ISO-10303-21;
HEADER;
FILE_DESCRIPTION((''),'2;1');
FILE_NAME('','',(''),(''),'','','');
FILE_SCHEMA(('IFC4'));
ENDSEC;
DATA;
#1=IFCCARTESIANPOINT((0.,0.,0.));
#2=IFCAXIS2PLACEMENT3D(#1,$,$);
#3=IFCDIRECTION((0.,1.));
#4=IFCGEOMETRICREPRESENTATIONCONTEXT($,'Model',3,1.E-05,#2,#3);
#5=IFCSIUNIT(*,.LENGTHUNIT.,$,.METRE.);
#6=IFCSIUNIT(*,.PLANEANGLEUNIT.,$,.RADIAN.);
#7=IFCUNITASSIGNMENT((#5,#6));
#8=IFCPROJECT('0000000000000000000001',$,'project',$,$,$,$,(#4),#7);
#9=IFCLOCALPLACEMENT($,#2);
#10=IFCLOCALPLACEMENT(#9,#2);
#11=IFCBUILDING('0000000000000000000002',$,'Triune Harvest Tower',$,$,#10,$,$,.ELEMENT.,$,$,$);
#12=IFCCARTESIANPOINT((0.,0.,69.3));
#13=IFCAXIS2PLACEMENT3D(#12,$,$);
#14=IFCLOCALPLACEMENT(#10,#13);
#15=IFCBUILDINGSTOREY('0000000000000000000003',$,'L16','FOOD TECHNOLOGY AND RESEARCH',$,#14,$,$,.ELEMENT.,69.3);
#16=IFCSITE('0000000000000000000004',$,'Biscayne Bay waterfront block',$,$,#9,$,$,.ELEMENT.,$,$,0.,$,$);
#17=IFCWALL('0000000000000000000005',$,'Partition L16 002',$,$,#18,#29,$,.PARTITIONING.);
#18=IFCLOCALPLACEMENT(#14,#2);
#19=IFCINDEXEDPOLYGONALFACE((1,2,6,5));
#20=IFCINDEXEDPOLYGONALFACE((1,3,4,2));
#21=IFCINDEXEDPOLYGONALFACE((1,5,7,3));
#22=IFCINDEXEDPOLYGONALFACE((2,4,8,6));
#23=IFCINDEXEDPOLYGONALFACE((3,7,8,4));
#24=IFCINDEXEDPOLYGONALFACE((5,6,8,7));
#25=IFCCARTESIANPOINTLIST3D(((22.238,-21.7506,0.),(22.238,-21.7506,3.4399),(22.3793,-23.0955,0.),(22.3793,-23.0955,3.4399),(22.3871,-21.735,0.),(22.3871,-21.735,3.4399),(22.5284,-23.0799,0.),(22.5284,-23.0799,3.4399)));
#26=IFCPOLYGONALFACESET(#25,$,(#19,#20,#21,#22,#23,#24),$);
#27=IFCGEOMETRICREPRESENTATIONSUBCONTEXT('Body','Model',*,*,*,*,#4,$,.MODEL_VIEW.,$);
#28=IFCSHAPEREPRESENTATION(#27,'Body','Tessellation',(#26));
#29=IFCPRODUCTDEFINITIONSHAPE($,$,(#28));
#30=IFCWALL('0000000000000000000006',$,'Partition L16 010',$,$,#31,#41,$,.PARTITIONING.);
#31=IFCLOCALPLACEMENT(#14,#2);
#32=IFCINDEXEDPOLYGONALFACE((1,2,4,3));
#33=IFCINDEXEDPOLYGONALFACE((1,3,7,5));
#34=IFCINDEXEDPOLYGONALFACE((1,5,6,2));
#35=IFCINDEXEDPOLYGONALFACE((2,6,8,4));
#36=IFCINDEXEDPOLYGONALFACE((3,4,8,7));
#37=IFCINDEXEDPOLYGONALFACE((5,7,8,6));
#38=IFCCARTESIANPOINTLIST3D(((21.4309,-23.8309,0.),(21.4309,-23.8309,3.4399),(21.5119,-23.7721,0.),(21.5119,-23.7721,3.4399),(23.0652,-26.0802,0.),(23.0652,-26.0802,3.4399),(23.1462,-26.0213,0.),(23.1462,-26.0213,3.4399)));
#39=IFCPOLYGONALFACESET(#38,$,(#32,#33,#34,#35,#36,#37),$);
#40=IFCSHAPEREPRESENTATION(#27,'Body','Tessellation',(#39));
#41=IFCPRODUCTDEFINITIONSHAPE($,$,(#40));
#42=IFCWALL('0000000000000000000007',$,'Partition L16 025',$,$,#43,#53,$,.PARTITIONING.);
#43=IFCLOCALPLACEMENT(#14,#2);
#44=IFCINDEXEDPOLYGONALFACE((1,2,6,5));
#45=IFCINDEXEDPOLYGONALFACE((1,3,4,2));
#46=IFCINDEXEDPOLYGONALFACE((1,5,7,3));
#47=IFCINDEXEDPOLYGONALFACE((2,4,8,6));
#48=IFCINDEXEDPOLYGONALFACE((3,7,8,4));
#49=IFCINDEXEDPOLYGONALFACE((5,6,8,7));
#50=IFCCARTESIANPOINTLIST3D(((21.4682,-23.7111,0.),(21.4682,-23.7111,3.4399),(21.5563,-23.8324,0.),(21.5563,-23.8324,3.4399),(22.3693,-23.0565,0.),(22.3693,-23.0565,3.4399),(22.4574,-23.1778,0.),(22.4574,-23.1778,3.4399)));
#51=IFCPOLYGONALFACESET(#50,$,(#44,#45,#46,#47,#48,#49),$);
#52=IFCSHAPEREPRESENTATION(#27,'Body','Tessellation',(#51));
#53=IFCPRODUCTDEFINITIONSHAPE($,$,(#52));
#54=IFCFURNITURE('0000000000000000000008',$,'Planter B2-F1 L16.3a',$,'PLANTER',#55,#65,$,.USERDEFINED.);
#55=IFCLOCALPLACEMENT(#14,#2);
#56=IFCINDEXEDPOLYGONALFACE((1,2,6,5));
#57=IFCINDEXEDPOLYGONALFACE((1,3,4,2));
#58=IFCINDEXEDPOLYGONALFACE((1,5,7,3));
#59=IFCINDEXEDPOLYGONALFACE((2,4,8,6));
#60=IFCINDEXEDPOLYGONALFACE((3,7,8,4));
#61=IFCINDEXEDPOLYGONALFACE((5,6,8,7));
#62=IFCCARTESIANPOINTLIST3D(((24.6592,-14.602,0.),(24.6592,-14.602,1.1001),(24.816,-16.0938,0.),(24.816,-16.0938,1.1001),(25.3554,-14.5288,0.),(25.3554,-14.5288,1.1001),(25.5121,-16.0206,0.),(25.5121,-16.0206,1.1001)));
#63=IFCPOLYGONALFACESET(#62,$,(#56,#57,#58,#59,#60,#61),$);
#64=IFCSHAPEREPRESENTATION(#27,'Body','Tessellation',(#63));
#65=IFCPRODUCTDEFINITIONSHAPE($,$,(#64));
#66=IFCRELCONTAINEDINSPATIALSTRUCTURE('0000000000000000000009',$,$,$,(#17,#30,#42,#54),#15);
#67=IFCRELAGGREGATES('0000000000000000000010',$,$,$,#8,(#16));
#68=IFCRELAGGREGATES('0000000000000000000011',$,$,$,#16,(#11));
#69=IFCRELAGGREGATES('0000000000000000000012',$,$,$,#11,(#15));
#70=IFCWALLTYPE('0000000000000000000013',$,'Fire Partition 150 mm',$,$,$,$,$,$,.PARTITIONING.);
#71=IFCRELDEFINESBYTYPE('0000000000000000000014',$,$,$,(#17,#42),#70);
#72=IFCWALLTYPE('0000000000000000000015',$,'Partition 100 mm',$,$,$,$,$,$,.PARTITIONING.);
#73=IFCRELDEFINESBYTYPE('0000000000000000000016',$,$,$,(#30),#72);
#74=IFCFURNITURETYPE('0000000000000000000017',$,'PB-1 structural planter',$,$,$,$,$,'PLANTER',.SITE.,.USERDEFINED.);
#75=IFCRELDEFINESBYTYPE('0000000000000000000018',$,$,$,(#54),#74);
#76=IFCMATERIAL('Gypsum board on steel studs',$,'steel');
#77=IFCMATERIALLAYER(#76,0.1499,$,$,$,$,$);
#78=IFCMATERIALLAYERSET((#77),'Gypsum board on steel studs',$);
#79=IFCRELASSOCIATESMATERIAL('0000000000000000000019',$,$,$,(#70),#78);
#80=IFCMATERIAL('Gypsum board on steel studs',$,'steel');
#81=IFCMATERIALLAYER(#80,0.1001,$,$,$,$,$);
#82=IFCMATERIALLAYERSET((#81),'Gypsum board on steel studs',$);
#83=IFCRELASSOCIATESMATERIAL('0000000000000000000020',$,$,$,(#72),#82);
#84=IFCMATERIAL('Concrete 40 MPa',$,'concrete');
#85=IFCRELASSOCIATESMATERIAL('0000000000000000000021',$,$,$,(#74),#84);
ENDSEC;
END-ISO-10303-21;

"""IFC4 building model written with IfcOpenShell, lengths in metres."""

from ifc_helpers import new_model, si_unit, direction, frame, frame_2d, origin, origin_2d, place, context, subcontext, project, spatial, rectangle, extrude, source, transform, mapped, material, layer, layer_set, type_object, element, save


model = new_model("IFC4")

# Units and contexts
model_context = context("Model", 3, precision=1e-05, world=origin(), true_north=direction((0.0, 1.0)))
body_context = subcontext(model_context, "Body", "Model", "MODEL_VIEW")
ifc_project = project(units=[si_unit("LENGTHUNIT", "METRE"), si_unit("PLANEANGLEUNIT", "RADIAN")], contexts=[model_context])

# Site, building, storey
site_placement = place(None, origin())
site = spatial("IfcSite", under=ifc_project, at=site_placement, Name="Biscayne Bay waterfront block", CompositionType="ELEMENT", RefElevation=0.0)
building_placement = place(site_placement, origin())
building = spatial("IfcBuilding", under=site, at=building_placement, Name="Triune Harvest Tower", CompositionType="ELEMENT")
storey_placement = place(building_placement, frame((0.0, 0.0, 69.3)))
storey = spatial("IfcBuildingStorey", under=building, at=storey_placement, Name="L16", Description="FOOD TECHNOLOGY AND RESEARCH", CompositionType="ELEMENT", Elevation=69.3)

# Walls
ifc_material_1 = material(Name="Gypsum board on steel studs", Category="steel")
ifc_layer_1 = layer(ifc_material_1, 0.1499)
ifc_layer_set_1 = layer_set([ifc_layer_1], Name="Gypsum board on steel studs")
wall_type_1 = type_object("IfcWallType", Name="Fire Partition 150 mm", PredefinedType="PARTITIONING", material=ifc_layer_set_1)
shared_shape_1 = source(origin(), body_context, "Body", "SweptSolid", [
    extrude(rectangle(XDim=1.3523, YDim=0.1499, at=frame_2d((0.6763, 0.0))), origin(), (0.0, 0.0, 1.0), 3.4399),
])
wall_1_placement = place(storey_placement, frame((22.3125, -21.7427, 0.0), z_axis=(0.0, 0.0, 1.0), x_axis=(0.104525, -0.994522, 0.0)))
element("IfcWall", 1, at=wall_1_placement, inside=storey, type_object=wall_type_1, Name="Partition L16 002", PredefinedType="PARTITIONING", context=body_context, shape_type="MappedRepresentation", body=[
    mapped(shared_shape_1, transform((0.0, 0.0, 0.0), scale=1.0)),
])
ifc_material_2 = material(Name="Gypsum board on steel studs", Category="steel")
ifc_layer_2 = layer(ifc_material_2, 0.1001)
ifc_layer_set_2 = layer_set([ifc_layer_2], Name="Gypsum board on steel studs")
wall_type_2 = type_object("IfcWallType", Name="Partition 100 mm", PredefinedType="PARTITIONING", material=ifc_layer_set_2)
shared_shape_2 = source(origin(), body_context, "Body", "SweptSolid", [
    extrude(rectangle(XDim=2.7803, YDim=0.1001, at=frame_2d((1.3901, 0.0))), origin(), (0.0, 0.0, 1.0), 3.4399),
])
wall_2_placement = place(storey_placement, frame((21.4714, -23.8015, 0.0), z_axis=(0.0, 0.0, 1.0), x_axis=(0.587806, -0.809002, 0.0)))
element("IfcWall", 2, at=wall_2_placement, inside=storey, type_object=wall_type_2, Name="Partition L16 010", PredefinedType="PARTITIONING", context=body_context, shape_type="MappedRepresentation", body=[
    mapped(shared_shape_2, transform((0.0, 0.0, 0.0), scale=1.0)),
])
shared_shape_3 = source(origin(), body_context, "Body", "SweptSolid", [
    extrude(rectangle(XDim=1.1138, YDim=0.1499, at=frame_2d((0.5569, 0.0))), origin(), (0.0, 0.0, 1.0), 3.4399),
])
wall_3_placement = place(storey_placement, frame((21.5122, -23.7717, 0.0), z_axis=(0.0, 0.0, 1.0), x_axis=(0.809087, 0.587689, 0.0)))
element("IfcWall", 3, at=wall_3_placement, inside=storey, type_object=wall_type_1, Name="Partition L16 025", PredefinedType="PARTITIONING", context=body_context, shape_type="MappedRepresentation", body=[
    mapped(shared_shape_3, transform((0.0, 0.0, 0.0), scale=1.0)),
])

# Furniture
ifc_material_3 = material(Name="Concrete 40 MPa", Category="concrete")
furniture_type = type_object("IfcFurnitureType", Name="PB-1 structural planter", ElementType="PLANTER", AssemblyPlace="SITE", PredefinedType="USERDEFINED", material=ifc_material_3)
shared_shape_4 = source(origin(), body_context, "Body", "SweptSolid", [
    extrude(rectangle(XDim=1.5, YDim=0.7, at=origin_2d()), origin(), (0.0, 0.0, 1.0), 1.1001),
])
furniture_placement = place(storey_placement, frame((25.0857, -15.3113, 0.0), z_axis=(0.0, 0.0, 1.0), x_axis=(-0.104528, 0.994522, 0.0)))
element("IfcFurniture", 4, at=furniture_placement, inside=storey, type_object=furniture_type, Name="Planter B2-F1 L16.3a", ObjectType="PLANTER", PredefinedType="USERDEFINED", context=body_context, shape_type="MappedRepresentation", body=[
    mapped(shared_shape_4, transform((0.0, 0.0, 0.0), scale=1.0)),
])

save(model, "model.ifc")
